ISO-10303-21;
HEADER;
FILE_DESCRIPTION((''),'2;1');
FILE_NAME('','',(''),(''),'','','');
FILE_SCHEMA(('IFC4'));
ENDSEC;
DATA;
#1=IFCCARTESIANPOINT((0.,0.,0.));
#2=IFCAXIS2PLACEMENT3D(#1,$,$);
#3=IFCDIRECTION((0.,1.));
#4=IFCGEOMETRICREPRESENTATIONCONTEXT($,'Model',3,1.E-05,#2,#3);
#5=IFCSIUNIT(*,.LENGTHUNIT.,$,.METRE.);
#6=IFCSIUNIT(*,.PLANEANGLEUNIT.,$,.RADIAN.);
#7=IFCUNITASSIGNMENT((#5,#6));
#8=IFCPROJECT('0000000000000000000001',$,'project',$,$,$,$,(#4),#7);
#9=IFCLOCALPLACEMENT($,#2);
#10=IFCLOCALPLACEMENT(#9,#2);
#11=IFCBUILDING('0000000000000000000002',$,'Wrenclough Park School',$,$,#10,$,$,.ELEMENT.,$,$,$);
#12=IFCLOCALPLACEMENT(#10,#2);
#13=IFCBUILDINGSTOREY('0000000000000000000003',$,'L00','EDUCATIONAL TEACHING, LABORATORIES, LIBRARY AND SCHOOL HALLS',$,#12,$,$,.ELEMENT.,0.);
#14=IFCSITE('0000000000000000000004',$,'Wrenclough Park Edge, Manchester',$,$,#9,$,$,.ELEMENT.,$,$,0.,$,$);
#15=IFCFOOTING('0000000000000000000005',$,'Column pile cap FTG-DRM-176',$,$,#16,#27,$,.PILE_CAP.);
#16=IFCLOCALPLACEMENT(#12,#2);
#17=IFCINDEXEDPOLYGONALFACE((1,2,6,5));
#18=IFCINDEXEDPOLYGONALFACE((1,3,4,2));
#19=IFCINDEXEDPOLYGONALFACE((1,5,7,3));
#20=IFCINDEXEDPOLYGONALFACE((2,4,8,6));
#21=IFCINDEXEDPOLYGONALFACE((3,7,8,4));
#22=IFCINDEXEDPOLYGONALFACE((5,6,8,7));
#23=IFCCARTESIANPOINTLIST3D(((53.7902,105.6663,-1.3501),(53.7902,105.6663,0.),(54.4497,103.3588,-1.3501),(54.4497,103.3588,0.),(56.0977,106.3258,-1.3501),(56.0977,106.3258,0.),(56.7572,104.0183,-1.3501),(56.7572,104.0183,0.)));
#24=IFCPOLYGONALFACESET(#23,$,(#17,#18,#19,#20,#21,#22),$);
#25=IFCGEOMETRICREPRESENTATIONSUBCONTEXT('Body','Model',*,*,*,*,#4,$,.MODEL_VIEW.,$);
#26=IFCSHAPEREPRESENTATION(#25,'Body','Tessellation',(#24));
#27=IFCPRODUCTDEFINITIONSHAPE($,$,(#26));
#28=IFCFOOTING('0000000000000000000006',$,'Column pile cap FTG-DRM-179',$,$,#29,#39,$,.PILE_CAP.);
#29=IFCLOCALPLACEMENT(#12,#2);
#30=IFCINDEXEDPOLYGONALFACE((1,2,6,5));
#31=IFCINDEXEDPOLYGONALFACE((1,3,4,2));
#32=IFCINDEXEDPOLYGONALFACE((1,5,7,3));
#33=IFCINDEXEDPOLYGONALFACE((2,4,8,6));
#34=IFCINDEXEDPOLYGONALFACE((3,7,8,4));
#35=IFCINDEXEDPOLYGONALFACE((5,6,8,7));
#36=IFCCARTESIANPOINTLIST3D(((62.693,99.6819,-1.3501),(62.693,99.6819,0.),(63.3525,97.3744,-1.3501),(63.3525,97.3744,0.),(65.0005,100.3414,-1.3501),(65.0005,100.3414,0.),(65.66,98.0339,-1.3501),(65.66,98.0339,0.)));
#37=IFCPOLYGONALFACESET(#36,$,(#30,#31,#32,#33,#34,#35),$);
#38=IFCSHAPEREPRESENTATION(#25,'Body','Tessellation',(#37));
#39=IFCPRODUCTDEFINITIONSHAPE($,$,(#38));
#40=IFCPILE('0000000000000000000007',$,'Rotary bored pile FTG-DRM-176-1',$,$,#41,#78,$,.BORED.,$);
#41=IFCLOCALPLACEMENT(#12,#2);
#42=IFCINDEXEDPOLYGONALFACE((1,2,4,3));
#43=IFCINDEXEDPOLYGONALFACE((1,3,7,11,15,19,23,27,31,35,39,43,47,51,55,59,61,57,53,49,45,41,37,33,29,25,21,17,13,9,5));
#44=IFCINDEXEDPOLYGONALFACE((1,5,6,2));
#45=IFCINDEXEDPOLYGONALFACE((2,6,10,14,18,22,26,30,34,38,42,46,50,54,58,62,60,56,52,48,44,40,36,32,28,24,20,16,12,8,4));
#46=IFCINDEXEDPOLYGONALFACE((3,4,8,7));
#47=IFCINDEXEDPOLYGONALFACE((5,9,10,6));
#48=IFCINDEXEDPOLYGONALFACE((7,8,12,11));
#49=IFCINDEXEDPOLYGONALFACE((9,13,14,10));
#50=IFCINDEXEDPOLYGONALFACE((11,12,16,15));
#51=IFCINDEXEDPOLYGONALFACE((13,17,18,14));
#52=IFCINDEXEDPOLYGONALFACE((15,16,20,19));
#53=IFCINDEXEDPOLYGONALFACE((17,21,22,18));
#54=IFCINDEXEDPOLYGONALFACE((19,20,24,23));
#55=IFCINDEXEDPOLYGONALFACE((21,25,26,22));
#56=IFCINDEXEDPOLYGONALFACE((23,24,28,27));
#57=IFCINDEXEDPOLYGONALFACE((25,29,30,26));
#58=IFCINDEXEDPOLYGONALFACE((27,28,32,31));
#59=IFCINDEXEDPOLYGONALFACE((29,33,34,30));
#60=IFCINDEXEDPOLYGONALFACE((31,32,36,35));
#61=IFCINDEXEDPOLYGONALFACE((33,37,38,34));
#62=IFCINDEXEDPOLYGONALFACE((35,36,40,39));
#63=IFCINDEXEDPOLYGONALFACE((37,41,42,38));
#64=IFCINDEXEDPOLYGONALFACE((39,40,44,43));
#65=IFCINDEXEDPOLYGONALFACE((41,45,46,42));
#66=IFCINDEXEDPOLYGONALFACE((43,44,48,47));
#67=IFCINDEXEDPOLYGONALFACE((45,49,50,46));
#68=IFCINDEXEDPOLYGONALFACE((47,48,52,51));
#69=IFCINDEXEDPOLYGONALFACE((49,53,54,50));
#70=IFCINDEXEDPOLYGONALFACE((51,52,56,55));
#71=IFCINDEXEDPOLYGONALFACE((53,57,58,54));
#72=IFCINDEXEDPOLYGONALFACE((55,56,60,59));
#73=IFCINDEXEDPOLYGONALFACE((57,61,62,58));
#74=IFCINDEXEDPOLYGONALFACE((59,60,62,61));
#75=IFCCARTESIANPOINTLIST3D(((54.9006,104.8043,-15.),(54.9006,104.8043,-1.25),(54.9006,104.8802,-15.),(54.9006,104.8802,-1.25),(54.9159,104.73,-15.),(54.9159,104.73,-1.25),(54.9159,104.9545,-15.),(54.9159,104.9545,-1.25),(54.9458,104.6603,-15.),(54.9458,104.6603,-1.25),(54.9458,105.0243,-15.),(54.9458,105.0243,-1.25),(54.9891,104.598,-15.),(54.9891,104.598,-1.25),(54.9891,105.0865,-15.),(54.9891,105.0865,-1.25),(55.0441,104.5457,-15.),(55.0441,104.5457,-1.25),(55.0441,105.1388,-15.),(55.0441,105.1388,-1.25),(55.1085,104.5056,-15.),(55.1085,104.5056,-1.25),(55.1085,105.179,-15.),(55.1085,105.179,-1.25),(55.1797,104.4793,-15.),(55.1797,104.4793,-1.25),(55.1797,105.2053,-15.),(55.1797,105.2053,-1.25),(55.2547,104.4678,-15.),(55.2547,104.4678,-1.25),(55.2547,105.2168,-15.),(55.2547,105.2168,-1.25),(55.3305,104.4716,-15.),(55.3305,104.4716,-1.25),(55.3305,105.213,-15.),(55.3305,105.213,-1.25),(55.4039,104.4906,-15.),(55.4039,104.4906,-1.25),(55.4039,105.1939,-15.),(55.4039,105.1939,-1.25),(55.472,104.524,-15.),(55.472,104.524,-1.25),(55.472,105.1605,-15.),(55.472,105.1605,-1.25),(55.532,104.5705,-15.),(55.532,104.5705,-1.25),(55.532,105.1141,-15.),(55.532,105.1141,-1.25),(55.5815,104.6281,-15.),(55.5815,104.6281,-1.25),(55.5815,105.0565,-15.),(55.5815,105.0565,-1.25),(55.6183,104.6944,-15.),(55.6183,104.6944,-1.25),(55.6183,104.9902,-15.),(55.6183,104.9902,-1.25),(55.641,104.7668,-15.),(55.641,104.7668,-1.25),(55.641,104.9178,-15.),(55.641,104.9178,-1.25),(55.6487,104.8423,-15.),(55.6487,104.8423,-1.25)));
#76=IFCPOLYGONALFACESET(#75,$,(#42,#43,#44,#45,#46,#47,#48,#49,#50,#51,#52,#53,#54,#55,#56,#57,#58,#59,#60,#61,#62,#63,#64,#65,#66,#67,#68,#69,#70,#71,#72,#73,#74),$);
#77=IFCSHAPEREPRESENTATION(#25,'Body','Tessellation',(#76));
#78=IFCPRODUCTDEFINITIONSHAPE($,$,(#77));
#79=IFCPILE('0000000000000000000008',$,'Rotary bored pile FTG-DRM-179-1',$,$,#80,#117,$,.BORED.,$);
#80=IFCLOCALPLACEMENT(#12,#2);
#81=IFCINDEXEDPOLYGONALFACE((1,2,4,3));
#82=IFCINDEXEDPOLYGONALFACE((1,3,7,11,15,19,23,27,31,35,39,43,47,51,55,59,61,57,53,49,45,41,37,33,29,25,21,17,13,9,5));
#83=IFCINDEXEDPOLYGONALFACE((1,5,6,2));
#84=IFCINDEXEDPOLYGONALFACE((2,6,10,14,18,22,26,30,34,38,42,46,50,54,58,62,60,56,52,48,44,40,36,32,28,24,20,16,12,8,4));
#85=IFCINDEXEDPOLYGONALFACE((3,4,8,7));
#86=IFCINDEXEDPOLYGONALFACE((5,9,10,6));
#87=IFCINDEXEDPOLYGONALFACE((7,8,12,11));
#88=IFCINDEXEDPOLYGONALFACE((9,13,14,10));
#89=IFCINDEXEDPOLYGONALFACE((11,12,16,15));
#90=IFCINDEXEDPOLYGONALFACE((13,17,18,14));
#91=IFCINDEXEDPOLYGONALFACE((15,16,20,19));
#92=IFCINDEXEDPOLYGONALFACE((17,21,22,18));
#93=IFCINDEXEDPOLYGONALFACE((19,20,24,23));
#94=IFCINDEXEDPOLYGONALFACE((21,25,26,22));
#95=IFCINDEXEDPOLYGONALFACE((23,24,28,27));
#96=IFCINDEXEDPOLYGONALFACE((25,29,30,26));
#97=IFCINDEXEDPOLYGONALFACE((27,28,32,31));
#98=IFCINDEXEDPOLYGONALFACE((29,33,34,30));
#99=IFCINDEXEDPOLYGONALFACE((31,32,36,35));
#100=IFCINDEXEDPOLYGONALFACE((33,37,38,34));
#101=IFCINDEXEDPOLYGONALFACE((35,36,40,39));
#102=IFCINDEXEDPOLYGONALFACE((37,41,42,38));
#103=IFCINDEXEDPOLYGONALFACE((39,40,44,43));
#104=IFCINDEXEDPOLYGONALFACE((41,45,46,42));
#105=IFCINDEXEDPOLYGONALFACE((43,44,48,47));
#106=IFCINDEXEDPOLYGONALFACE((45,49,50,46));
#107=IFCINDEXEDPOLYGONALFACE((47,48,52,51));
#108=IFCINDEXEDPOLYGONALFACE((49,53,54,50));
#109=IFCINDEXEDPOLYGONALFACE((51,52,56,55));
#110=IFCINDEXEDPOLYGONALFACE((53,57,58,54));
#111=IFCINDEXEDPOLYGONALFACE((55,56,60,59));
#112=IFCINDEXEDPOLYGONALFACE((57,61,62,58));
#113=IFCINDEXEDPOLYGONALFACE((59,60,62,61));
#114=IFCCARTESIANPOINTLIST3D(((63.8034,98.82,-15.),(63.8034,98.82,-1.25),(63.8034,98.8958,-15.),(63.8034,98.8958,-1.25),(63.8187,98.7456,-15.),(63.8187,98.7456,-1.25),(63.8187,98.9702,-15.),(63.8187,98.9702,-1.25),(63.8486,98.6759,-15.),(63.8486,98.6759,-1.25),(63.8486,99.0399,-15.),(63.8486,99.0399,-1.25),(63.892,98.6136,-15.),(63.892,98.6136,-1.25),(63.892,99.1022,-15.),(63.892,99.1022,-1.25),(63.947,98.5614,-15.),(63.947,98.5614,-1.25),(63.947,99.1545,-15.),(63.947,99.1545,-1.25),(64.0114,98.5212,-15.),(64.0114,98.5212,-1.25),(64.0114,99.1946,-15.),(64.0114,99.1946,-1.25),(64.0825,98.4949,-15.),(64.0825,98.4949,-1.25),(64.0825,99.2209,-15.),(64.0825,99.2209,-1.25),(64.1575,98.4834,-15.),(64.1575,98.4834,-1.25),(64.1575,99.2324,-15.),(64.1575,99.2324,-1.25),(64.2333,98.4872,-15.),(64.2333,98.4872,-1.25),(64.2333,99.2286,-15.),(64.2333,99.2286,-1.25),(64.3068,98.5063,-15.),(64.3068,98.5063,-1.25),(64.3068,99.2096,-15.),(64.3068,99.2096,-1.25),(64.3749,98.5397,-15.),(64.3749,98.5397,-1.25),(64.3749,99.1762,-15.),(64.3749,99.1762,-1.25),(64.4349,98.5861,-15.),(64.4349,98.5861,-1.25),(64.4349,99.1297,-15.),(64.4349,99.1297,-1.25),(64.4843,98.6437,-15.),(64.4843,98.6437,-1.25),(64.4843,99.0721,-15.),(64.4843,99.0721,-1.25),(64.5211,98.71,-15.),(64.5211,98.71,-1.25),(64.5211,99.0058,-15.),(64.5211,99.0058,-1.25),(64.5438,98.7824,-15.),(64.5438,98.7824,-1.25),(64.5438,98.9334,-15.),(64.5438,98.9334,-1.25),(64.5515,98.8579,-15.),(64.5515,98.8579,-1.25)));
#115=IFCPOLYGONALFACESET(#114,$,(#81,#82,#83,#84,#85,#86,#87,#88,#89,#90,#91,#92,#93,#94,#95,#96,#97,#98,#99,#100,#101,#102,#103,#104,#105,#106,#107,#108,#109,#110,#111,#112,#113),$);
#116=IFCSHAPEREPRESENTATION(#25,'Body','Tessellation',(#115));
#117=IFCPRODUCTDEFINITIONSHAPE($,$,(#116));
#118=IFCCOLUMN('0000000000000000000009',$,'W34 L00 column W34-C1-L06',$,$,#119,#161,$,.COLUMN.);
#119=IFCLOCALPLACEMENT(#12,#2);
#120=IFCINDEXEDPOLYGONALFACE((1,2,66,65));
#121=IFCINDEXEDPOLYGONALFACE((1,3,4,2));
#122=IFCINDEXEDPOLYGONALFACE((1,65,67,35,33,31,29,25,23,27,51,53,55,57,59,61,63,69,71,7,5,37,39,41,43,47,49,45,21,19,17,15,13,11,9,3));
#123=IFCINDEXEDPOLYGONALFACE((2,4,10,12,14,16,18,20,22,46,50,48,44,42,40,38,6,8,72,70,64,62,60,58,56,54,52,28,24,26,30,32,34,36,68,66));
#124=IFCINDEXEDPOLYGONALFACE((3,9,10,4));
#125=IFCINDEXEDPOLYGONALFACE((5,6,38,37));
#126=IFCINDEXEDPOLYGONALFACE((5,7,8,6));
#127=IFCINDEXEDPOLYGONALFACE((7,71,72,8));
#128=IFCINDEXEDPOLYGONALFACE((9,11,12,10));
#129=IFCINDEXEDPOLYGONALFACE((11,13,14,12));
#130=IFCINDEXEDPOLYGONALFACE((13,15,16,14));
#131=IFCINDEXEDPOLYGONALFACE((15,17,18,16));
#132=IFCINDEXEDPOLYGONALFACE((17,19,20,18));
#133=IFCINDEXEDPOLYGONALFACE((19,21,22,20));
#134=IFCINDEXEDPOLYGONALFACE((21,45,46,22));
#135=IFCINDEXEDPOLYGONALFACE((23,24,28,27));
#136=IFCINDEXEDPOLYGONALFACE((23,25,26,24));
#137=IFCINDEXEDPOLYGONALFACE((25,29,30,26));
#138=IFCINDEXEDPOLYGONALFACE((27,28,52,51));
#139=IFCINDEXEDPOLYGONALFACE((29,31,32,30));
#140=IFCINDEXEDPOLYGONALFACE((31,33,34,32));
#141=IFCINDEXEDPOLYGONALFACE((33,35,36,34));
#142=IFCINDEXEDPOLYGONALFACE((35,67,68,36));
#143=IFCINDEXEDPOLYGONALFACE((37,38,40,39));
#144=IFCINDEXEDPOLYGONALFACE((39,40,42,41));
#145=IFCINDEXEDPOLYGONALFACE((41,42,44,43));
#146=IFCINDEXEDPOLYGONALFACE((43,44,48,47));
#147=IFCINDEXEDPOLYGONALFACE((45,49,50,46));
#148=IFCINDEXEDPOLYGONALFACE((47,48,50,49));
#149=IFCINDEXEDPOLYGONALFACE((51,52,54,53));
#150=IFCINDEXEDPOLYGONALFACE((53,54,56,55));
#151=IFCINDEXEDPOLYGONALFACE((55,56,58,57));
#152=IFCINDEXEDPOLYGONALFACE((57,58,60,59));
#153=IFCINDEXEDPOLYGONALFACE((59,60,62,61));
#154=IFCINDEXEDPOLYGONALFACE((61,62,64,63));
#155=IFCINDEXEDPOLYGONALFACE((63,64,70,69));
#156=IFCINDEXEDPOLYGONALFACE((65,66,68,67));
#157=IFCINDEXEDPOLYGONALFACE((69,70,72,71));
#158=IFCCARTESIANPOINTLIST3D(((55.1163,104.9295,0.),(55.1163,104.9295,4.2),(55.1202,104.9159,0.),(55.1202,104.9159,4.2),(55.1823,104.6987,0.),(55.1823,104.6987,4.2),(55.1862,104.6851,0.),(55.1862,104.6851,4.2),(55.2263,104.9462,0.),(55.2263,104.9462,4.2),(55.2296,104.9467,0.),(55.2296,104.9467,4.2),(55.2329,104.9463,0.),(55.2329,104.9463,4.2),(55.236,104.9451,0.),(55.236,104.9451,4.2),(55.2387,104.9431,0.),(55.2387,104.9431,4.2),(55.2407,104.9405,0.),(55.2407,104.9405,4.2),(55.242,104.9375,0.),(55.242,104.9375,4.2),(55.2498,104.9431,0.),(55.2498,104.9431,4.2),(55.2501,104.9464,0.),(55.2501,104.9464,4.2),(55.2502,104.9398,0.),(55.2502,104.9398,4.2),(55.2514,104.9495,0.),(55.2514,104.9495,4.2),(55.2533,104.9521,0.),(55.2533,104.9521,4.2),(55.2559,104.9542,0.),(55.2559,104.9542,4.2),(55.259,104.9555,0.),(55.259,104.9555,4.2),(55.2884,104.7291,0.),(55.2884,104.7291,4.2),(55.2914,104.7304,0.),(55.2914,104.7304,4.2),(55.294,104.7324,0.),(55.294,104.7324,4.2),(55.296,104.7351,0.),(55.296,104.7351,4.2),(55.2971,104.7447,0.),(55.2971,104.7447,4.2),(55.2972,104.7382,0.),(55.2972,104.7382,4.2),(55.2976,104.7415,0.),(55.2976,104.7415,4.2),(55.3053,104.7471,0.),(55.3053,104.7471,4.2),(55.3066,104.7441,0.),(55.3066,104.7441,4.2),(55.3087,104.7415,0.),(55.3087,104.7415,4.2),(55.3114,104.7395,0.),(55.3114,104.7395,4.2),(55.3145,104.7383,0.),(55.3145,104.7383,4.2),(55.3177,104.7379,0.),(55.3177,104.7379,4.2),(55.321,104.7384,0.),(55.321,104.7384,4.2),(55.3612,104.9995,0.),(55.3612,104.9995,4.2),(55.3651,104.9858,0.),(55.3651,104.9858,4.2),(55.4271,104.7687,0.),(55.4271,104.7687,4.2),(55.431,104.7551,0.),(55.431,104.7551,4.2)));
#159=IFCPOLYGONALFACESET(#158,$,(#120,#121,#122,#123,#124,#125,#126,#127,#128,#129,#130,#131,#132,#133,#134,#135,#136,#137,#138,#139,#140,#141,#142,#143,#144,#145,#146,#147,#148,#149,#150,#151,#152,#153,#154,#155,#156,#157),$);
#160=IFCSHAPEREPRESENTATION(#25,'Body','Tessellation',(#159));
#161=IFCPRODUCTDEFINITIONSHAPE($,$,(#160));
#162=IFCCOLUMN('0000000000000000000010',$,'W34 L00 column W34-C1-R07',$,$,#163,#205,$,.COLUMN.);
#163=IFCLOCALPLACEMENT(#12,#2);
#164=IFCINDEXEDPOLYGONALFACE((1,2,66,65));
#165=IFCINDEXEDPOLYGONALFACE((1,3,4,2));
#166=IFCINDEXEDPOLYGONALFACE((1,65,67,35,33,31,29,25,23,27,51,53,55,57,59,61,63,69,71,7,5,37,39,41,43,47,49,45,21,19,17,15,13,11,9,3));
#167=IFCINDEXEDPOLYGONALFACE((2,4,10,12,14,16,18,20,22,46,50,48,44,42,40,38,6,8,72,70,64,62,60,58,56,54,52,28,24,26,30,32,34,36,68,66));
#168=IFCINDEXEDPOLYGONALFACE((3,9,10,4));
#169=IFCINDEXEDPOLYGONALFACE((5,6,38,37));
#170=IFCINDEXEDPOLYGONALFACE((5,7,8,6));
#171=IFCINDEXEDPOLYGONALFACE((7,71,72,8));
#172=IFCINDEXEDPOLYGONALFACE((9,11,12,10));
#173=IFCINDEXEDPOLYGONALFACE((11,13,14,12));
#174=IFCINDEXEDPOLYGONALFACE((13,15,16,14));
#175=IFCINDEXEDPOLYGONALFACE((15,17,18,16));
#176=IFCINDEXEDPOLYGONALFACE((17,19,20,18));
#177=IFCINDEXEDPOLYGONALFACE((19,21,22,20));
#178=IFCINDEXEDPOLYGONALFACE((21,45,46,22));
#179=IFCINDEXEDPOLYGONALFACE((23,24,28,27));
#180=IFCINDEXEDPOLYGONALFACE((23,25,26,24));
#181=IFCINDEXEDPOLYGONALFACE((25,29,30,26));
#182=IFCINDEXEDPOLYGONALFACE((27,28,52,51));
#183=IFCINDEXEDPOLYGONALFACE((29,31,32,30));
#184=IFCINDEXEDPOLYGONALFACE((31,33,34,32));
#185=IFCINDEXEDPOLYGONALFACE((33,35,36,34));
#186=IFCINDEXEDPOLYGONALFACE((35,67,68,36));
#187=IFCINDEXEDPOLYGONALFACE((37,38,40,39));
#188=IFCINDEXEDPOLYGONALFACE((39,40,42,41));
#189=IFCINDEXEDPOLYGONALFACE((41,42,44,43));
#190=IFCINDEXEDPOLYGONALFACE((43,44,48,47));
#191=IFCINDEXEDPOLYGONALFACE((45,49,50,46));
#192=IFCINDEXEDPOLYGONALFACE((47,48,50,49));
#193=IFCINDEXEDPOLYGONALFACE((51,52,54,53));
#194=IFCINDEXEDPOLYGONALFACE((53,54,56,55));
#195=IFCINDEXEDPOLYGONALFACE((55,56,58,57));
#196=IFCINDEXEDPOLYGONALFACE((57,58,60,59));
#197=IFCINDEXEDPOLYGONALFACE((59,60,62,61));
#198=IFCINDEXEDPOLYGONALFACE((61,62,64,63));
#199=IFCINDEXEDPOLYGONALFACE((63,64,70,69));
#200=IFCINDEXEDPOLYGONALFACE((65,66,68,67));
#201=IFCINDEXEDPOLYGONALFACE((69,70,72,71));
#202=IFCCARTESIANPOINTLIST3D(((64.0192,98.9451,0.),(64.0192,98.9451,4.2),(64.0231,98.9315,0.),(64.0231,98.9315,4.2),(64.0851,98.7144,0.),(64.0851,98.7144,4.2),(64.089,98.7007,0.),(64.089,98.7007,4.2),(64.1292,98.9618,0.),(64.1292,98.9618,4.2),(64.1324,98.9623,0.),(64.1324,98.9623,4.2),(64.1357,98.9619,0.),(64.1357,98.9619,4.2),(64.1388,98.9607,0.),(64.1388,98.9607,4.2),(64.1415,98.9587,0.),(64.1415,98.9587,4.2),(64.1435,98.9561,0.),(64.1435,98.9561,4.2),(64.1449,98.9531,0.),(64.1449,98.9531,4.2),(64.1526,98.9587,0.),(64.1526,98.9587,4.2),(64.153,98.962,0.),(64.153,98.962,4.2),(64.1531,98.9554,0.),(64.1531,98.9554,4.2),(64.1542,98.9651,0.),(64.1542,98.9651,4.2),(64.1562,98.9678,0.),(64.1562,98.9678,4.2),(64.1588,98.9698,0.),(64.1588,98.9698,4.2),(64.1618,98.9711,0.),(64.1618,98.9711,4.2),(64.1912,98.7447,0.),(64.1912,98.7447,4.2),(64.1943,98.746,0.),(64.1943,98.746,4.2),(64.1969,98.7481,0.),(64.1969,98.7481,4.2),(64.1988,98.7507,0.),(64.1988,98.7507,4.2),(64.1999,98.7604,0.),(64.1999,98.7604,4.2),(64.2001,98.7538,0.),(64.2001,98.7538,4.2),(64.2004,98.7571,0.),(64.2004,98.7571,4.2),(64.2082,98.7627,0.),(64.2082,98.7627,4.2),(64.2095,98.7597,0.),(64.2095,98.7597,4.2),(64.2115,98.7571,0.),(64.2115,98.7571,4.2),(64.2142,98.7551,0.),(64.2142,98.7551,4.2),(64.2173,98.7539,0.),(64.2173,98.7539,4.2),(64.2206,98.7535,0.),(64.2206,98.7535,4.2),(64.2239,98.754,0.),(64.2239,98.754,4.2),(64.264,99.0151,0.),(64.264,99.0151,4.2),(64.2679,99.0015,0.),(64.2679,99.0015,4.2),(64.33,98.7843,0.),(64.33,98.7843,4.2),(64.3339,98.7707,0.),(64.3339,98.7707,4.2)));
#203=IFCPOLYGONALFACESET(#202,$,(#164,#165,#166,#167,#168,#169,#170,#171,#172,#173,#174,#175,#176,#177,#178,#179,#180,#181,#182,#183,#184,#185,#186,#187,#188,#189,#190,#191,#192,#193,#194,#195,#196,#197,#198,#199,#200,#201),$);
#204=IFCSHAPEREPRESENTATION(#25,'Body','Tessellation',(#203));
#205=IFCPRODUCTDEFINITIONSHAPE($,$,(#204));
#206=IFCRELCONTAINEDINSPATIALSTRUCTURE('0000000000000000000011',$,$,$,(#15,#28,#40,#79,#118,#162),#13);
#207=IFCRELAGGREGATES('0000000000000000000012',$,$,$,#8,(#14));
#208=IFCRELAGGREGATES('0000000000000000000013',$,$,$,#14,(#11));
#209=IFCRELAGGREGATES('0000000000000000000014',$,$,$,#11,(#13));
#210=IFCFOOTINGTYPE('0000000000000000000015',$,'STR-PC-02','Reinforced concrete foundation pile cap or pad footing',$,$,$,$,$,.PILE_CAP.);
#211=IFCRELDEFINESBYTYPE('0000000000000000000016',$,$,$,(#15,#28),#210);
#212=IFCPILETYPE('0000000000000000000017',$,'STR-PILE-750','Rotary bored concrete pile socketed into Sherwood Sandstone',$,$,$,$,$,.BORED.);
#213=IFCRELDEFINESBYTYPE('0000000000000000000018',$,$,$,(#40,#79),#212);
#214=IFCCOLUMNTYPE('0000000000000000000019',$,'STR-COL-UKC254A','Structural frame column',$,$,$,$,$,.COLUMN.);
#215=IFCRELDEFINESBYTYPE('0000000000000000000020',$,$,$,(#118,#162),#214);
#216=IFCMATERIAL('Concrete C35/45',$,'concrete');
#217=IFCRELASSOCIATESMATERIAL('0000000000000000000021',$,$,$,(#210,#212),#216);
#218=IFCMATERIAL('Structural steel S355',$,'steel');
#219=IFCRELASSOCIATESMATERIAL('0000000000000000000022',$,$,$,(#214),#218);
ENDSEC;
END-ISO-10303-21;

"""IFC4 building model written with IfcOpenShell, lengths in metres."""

from ifc_helpers import new_model, si_unit, direction, frame, origin, origin_2d, place, context, subcontext, project, spatial, rectangle, circle, i_section, extrude, material, material_profile, profile_set, type_object, element, save


model = new_model("IFC4")

# Units and contexts
model_context = context("Model", 3, precision=1e-05, world=origin(), true_north=direction((0.0, 1.0)))
body_context = subcontext(model_context, "Body", "Model", "MODEL_VIEW")
ifc_project = project(units=[si_unit("LENGTHUNIT", "METRE"), si_unit("PLANEANGLEUNIT", "RADIAN")], contexts=[model_context])

# Site, building, storey
site_placement = place(None, origin())
site = spatial("IfcSite", under=ifc_project, at=site_placement, Name="Wrenclough Park Edge, Manchester", CompositionType="ELEMENT", RefElevation=0.0)
building_placement = place(site_placement, origin())
building = spatial("IfcBuilding", under=site, at=building_placement, Name="Wrenclough Park School", CompositionType="ELEMENT")
storey_placement = place(building_placement, origin())
storey = spatial("IfcBuildingStorey", under=building, at=storey_placement, Name="L00", Description="EDUCATIONAL TEACHING, LABORATORIES, LIBRARY AND SCHOOL HALLS", CompositionType="ELEMENT", Elevation=0.0)

# Footings
ifc_material_1 = material(Name="Concrete C35/45", Category="concrete")
footing_type = type_object("IfcFootingType", Name="STR-PC-02", Description="Reinforced concrete foundation pile cap or pad footing", PredefinedType="PILE_CAP", material=ifc_material_1)
for number, where, z_axis, x_axis, name in (
    (1, (55.2737, 104.8423, -1.3501), (0.0, 0.0, 1.0), (0.961502, 0.274798, 0.0), "Column pile cap FTG-DRM-176"),
    (2, (64.1765, 98.8579, -1.3501), (0.0, 0.0, 1.0), (0.961502, 0.274798, 0.0), "Column pile cap FTG-DRM-179"),
):
    element("IfcFooting", number, at=place(storey_placement, frame(where, z_axis=z_axis, x_axis=x_axis)), inside=storey, type_object=footing_type, Name=name, PredefinedType="PILE_CAP", context=body_context, shape_type="SweptSolid", body=[
        extrude(rectangle(XDim=2.3999, YDim=2.3999, at=origin_2d()), origin(), (0.0, 0.0, 1.0), 1.3501),
    ])

# Piles
ifc_material_profile_1 = material_profile(ifc_material_1, circle(Radius=0.375, at=origin_2d()), Name="BORED PILE D750")
ifc_profile_set_1 = profile_set([ifc_material_profile_1], Name="Concrete C35/45")
pile_type = type_object("IfcPileType", Name="STR-PILE-750", Description="Rotary bored concrete pile socketed into Sherwood Sandstone", PredefinedType="BORED", material=ifc_profile_set_1)
for number, where, z_axis, x_axis, name in (
    (3, (55.2737, 104.8423, -1.25), (0.0, 0.0, -1.0), (1.0, 0.0, 0.0), "Rotary bored pile FTG-DRM-176-1"),
    (4, (64.1765, 98.8579, -1.25), (0.0, 0.0, -1.0), (1.0, 0.0, 0.0), "Rotary bored pile FTG-DRM-179-1"),
):
    element("IfcPile", number, at=place(storey_placement, frame(where, z_axis=z_axis, x_axis=x_axis)), inside=storey, type_object=pile_type, Name=name, PredefinedType="BORED", context=body_context, shape_type="SweptSolid", body=[
        extrude(circle(Radius=0.375, at=origin_2d()), origin(), (0.0, 0.0, 1.0), 13.75),
    ])

# Columns
ifc_material_2 = material(Name="Structural steel S355", Category="steel")
ifc_material_profile_2 = material_profile(ifc_material_2, i_section(OverallWidth=0.2546, OverallDepth=0.2542, WebThickness=0.0085, FlangeThickness=0.0142, FilletRadius=0.0127, at=origin_2d()), Name="UKC 254x254x73")
ifc_profile_set_2 = profile_set([ifc_material_profile_2], Name="Structural steel S355")
column_type = type_object("IfcColumnType", Name="STR-COL-UKC254A", Description="Structural frame column", PredefinedType="COLUMN", material=ifc_profile_set_2)
for number, where, z_axis, x_axis, name in (
    (5, (55.2737, 104.8423, 0.0), (0.0, 0.0, 1.0), (0.961502, 0.274798, 0.0), "W34 L00 column W34-C1-L06"),
    (6, (64.1765, 98.8579, 0.0), (0.0, 0.0, 1.0), (0.961502, 0.274798, 0.0), "W34 L00 column W34-C1-R07"),
):
    element("IfcColumn", number, at=place(storey_placement, frame(where, z_axis=z_axis, x_axis=x_axis)), inside=storey, type_object=column_type, Name=name, PredefinedType="COLUMN", context=body_context, shape_type="SweptSolid", body=[
        extrude(i_section(OverallWidth=0.2546, OverallDepth=0.2542, WebThickness=0.0085, FlangeThickness=0.0142, FilletRadius=0.0127, at=origin_2d()), origin(), (0.0, 0.0, 1.0), 4.2),
    ])

save(model, "model.ifc")
